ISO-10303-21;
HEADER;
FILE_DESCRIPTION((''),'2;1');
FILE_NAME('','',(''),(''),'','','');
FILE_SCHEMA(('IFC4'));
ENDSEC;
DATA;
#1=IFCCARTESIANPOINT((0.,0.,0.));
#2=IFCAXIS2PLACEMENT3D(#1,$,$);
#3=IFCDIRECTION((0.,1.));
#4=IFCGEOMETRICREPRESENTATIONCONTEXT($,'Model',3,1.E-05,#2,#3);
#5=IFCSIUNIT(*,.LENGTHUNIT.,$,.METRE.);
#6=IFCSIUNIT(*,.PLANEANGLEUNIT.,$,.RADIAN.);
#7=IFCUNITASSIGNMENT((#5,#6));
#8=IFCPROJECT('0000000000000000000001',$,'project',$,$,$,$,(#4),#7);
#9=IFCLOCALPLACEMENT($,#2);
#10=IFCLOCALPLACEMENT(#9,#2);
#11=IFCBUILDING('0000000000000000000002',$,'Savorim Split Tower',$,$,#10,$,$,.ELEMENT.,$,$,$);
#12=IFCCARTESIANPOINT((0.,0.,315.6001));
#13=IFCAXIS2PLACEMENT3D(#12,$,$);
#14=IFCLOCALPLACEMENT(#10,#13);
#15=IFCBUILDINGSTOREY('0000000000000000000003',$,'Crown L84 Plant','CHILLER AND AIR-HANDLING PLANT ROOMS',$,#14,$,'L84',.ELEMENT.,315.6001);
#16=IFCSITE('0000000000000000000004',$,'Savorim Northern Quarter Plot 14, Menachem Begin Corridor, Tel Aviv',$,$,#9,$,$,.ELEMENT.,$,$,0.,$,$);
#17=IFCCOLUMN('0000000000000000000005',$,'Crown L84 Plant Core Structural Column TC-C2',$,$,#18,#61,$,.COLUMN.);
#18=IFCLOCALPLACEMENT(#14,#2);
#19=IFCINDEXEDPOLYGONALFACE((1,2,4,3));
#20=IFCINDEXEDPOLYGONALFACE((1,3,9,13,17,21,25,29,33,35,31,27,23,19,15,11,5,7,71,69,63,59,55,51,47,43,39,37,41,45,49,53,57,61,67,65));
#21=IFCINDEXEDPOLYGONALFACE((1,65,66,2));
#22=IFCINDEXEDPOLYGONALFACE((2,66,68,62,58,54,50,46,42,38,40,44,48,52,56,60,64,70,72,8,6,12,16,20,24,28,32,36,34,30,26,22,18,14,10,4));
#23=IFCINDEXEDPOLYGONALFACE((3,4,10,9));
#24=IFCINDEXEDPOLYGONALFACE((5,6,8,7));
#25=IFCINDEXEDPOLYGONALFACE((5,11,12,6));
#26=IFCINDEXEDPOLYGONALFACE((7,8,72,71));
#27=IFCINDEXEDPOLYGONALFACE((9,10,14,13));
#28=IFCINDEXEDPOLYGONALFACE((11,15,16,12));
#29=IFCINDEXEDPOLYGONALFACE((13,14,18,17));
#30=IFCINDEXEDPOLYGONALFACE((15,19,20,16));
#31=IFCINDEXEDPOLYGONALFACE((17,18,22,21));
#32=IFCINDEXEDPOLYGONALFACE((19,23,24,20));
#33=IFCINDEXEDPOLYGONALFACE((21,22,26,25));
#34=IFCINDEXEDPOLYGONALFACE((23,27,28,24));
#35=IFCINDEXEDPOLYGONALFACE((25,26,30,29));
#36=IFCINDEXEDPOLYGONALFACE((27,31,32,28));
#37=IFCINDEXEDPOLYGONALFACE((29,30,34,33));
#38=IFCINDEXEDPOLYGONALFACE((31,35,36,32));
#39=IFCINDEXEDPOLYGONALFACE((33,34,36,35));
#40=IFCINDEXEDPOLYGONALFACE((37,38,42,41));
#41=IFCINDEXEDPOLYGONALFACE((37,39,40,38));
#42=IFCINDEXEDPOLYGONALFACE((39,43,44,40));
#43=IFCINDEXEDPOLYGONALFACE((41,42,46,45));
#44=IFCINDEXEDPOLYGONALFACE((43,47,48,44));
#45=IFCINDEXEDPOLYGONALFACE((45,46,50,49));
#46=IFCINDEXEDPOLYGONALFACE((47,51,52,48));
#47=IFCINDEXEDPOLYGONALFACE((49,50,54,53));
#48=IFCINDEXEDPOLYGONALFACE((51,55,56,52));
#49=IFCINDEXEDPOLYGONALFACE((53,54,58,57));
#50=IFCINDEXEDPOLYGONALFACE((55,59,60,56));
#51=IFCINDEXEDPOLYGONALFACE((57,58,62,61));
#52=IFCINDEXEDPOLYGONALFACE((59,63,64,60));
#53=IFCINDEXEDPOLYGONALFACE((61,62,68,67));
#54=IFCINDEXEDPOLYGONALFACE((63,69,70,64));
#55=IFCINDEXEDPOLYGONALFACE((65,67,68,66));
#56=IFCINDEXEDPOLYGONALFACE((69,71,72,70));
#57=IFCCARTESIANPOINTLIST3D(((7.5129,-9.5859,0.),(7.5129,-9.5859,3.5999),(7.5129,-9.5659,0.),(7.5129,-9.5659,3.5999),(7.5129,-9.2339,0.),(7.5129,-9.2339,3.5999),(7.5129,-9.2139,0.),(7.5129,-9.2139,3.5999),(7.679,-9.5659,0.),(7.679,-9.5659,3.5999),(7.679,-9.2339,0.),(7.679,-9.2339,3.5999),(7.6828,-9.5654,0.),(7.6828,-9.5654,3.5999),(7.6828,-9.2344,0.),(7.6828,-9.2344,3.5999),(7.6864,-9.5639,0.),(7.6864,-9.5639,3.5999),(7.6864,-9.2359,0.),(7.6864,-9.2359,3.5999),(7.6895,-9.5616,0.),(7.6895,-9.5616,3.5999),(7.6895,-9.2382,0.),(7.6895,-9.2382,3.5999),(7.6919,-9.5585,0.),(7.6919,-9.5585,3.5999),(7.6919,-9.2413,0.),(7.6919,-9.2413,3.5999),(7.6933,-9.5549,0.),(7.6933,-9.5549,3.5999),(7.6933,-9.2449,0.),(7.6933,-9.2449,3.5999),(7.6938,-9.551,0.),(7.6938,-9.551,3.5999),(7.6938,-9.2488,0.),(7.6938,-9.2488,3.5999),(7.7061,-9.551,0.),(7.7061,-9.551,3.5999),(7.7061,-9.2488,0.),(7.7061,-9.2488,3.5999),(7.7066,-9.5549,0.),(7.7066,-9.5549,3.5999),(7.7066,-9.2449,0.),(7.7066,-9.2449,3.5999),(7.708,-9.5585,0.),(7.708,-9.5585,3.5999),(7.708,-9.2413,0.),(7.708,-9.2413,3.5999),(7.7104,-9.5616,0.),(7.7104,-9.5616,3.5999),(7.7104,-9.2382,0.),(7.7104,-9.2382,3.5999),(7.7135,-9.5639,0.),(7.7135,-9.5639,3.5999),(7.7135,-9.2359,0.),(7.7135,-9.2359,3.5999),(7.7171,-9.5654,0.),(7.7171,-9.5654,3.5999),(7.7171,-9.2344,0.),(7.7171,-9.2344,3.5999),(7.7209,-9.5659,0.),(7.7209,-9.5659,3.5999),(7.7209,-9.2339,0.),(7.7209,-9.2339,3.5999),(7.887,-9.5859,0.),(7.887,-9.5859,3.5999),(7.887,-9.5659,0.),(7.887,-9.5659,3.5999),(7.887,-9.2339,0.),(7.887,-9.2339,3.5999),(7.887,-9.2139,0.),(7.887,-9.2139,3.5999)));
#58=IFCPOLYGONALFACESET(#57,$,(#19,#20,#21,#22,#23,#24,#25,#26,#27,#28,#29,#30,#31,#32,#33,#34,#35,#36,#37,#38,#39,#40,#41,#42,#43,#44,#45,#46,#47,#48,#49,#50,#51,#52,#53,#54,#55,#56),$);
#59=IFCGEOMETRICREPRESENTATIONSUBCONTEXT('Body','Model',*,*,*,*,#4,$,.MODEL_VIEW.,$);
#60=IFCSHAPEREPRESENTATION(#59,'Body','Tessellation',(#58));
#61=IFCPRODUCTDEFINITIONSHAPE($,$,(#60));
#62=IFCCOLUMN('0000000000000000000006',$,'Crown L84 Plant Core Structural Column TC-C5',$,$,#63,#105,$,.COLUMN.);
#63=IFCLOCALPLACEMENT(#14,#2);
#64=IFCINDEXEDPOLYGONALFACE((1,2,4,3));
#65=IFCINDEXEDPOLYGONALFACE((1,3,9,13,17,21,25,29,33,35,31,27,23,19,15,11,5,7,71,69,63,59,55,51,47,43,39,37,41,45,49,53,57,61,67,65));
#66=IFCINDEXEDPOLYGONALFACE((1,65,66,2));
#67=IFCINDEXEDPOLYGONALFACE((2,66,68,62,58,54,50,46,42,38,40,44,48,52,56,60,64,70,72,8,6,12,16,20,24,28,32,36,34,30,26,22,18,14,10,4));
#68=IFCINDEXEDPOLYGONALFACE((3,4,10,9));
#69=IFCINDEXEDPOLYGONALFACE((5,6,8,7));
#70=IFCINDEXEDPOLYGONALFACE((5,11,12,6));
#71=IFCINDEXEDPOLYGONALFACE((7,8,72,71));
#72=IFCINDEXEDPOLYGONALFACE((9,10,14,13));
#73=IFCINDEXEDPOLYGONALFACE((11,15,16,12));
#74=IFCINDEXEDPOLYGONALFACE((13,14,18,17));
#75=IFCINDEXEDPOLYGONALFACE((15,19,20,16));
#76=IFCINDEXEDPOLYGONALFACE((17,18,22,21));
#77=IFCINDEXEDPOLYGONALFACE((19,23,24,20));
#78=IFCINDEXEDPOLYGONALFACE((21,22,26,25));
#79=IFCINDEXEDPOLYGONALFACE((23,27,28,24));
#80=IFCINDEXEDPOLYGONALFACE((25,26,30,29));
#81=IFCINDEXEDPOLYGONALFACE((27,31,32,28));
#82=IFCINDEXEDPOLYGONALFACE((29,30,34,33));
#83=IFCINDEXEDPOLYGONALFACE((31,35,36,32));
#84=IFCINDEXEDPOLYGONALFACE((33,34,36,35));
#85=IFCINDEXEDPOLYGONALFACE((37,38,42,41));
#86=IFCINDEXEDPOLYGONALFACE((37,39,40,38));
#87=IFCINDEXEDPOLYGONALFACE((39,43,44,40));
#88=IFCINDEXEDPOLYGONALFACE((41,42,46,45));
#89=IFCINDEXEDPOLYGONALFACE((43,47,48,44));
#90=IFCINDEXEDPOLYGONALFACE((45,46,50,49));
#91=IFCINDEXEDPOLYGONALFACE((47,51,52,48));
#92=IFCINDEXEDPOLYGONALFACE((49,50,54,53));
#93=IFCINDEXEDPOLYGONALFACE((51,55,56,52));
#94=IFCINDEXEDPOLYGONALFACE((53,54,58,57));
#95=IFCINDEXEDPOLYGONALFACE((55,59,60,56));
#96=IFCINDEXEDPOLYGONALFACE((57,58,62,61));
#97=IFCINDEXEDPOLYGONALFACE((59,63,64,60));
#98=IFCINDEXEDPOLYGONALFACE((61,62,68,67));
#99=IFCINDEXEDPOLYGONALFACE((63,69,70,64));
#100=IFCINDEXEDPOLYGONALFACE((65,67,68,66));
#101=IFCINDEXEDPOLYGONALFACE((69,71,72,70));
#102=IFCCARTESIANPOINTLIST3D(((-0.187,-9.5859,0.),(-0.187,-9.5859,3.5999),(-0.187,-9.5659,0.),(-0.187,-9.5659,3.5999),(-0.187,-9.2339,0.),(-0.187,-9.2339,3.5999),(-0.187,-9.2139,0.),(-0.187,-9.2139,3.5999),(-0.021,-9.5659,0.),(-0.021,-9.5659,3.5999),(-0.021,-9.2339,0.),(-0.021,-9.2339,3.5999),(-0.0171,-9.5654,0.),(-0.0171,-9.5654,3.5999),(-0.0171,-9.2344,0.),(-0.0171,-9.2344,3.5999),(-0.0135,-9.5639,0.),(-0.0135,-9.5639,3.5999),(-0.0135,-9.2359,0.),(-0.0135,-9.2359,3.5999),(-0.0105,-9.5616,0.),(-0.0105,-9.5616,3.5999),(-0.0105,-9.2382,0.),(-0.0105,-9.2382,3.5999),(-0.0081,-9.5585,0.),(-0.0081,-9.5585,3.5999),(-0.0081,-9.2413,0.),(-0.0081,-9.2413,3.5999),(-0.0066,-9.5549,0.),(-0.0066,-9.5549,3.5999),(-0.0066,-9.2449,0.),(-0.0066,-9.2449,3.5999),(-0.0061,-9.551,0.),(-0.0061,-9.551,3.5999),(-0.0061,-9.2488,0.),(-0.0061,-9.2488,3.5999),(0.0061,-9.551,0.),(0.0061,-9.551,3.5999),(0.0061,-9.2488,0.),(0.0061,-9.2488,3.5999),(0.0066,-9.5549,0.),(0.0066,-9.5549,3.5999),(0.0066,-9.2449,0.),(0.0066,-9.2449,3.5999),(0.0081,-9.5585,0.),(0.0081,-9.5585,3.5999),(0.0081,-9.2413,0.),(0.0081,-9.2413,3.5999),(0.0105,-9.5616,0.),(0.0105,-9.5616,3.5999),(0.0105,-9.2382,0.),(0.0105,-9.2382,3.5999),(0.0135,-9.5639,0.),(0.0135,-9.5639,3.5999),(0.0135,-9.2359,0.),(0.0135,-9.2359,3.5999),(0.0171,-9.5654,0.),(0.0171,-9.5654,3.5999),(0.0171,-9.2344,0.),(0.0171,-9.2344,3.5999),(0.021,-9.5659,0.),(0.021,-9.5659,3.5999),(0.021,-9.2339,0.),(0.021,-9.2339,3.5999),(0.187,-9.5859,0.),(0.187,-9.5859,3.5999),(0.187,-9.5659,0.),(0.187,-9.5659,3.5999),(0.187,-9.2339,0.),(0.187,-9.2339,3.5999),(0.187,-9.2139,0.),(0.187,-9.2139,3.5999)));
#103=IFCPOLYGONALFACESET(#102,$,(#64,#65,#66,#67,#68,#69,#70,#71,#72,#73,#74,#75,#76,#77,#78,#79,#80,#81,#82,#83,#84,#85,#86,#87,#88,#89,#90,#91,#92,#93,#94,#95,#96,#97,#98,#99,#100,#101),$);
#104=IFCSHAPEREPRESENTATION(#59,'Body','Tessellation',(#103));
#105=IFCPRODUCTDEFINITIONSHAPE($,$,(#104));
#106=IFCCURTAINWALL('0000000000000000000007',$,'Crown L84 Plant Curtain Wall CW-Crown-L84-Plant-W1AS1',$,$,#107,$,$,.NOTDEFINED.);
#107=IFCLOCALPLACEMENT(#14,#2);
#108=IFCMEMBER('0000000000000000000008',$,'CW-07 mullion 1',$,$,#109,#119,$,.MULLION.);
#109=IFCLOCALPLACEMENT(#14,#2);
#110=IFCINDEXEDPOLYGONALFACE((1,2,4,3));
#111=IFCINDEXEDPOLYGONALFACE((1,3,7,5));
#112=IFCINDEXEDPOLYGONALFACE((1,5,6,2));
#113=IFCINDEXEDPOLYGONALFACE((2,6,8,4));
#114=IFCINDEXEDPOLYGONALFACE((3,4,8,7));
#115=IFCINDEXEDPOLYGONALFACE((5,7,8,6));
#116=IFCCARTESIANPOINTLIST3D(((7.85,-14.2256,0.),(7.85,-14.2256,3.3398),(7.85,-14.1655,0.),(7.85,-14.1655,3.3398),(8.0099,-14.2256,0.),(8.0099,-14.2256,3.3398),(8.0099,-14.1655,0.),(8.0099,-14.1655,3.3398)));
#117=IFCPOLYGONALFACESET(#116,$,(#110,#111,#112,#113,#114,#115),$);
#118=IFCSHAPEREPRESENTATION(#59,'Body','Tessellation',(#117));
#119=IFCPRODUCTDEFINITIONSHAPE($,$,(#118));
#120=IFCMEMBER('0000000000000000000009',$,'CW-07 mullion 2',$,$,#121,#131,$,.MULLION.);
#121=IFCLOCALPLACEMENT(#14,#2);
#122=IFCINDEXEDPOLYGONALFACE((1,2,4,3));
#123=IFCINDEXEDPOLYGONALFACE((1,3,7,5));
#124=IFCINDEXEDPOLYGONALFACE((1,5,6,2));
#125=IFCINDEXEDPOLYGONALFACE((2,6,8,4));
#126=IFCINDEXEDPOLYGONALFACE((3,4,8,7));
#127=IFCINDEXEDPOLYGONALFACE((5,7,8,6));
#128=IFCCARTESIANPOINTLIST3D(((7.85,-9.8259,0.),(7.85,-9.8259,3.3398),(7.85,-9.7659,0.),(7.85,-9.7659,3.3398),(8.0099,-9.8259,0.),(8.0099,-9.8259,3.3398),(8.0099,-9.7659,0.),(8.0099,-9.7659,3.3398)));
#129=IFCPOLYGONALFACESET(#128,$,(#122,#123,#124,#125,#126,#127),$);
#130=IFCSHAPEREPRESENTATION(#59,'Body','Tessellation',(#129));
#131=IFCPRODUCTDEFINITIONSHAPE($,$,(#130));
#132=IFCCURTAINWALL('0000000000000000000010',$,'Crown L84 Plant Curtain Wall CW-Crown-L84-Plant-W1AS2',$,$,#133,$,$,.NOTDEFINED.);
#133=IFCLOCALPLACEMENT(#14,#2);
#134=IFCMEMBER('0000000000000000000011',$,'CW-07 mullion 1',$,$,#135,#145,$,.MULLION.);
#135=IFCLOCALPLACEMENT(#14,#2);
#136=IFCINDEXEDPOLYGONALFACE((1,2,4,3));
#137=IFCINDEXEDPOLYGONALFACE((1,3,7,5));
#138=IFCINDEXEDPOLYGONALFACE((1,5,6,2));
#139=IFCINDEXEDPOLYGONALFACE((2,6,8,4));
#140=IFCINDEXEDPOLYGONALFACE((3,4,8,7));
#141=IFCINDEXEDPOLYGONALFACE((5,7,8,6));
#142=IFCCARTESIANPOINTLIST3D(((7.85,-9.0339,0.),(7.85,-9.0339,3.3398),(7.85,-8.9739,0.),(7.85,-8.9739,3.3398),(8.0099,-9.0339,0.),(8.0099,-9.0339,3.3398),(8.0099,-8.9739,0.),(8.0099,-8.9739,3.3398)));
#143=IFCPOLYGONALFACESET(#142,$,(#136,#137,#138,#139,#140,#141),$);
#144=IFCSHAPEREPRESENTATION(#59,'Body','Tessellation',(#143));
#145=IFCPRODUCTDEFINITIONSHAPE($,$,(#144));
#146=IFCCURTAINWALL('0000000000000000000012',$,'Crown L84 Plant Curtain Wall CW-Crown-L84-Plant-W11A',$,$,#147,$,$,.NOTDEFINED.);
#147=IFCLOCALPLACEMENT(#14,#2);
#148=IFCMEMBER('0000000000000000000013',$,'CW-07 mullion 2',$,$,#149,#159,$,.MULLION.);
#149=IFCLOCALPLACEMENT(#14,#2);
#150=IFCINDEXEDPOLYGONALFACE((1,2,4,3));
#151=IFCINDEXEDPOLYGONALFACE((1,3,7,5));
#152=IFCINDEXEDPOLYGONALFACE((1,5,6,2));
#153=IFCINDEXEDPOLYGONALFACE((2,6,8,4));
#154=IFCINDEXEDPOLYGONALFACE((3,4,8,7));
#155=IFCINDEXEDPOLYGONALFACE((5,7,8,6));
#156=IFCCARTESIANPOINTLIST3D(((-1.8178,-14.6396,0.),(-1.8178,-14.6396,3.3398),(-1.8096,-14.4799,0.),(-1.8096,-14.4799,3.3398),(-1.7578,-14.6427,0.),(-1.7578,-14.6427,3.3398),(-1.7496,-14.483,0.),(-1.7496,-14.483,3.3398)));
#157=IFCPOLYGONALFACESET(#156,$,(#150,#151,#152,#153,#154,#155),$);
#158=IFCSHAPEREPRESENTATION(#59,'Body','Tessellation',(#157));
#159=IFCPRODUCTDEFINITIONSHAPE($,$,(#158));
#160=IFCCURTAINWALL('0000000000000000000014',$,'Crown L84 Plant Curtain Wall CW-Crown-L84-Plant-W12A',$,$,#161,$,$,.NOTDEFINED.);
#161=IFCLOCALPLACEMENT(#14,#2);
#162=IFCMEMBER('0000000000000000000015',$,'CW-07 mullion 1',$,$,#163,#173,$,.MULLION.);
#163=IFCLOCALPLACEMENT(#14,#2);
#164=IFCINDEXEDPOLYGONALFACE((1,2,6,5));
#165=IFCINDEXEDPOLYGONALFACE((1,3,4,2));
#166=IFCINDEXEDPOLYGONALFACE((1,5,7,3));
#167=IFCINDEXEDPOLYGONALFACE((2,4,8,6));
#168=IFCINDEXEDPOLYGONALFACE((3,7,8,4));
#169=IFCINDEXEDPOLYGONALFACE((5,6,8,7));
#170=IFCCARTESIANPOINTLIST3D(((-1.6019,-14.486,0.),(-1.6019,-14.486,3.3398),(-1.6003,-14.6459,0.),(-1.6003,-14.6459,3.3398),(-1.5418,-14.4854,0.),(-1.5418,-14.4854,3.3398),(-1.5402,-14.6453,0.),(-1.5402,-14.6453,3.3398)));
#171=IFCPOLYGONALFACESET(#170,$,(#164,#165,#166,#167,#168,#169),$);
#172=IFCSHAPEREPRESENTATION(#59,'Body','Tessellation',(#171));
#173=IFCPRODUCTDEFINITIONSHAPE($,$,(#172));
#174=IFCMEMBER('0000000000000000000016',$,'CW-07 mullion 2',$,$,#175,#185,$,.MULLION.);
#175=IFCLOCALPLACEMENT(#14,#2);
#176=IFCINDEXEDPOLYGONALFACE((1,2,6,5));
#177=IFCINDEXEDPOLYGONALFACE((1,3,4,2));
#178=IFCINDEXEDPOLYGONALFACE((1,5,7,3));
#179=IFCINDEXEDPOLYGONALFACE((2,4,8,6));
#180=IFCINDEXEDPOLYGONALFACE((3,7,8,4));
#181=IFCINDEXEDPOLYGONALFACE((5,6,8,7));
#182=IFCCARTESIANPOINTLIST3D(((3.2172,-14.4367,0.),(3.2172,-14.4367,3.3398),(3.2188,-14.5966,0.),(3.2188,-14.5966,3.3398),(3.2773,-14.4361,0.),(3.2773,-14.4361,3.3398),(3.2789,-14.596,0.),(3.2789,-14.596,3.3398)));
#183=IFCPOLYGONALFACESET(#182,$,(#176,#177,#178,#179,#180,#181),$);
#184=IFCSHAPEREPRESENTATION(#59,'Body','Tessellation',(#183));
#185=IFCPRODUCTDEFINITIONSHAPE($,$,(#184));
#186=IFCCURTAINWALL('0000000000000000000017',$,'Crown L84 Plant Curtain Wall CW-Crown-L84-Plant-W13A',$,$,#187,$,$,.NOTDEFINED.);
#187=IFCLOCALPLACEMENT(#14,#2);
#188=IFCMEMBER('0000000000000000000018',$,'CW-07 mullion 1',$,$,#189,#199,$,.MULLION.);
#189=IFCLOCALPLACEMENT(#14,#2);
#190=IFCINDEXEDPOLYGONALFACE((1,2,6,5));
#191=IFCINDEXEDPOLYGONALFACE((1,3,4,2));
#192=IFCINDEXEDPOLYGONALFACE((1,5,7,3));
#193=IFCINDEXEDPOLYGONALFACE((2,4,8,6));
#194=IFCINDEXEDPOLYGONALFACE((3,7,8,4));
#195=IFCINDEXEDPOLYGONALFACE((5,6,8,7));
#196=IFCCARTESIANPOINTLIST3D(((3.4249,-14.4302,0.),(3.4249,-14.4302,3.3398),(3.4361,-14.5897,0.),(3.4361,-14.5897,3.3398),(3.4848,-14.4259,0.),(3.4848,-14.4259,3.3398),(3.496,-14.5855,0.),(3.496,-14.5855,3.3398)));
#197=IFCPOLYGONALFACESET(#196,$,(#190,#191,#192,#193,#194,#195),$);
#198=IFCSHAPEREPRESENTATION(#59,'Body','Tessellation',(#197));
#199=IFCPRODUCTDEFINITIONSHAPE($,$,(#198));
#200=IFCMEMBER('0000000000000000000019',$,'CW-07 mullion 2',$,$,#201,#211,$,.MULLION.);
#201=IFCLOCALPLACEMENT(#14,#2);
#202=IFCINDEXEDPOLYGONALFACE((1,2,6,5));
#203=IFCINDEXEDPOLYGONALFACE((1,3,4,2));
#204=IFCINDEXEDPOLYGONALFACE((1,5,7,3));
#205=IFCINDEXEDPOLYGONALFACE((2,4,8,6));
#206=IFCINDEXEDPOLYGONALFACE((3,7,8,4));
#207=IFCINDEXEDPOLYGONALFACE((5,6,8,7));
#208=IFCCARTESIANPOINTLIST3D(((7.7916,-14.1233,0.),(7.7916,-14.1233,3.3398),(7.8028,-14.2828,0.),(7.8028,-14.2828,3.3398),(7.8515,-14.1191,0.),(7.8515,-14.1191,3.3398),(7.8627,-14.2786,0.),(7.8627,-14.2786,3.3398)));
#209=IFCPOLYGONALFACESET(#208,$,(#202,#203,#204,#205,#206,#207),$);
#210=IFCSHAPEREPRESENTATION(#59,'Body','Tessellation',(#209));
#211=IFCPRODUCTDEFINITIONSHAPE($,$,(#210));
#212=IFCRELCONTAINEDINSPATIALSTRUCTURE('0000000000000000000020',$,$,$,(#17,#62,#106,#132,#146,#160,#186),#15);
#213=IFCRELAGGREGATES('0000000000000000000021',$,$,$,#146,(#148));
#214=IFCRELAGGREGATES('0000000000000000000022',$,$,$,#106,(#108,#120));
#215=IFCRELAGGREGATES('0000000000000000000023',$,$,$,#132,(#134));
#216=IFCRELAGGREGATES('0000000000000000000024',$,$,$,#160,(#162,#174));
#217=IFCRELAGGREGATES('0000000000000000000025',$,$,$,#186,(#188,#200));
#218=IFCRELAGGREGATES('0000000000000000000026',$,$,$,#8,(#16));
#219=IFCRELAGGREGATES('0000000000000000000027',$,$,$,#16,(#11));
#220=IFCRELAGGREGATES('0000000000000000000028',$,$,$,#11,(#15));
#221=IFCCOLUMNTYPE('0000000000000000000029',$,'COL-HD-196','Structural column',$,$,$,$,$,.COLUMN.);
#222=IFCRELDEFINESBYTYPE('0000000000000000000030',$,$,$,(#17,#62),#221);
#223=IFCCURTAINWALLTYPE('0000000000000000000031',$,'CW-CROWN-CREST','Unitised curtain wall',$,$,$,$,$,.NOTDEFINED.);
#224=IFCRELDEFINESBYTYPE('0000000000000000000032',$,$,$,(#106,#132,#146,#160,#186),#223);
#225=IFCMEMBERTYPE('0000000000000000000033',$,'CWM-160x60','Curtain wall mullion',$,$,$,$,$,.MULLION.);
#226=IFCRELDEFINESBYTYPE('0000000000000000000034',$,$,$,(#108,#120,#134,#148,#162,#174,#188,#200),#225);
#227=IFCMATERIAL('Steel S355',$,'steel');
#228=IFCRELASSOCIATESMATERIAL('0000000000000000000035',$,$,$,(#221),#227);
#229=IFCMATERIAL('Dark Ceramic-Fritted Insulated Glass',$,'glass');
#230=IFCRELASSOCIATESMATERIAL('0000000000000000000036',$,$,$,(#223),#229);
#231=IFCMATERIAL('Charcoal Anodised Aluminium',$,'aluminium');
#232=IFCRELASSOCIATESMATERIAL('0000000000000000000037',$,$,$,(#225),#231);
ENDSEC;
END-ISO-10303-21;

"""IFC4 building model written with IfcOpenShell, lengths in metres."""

from ifc_helpers import new_model, si_unit, direction, frame, origin, origin_2d, place, context, subcontext, project, spatial, rectangle, i_section, extrude, material, material_profile, profile_set, type_object, element, aggregate, save


model = new_model("IFC4")

# Units and contexts
model_context = context("Model", 3, precision=1e-05, world=origin(), true_north=direction((0.0, 1.0)))
body_context = subcontext(model_context, "Body", "Model", "MODEL_VIEW")
ifc_project = project(units=[si_unit("LENGTHUNIT", "METRE"), si_unit("PLANEANGLEUNIT", "RADIAN")], contexts=[model_context])

# Site, building, storey
site_placement = place(None, origin())
site = spatial("IfcSite", under=ifc_project, at=site_placement, Name="Savorim Northern Quarter Plot 14, Menachem Begin Corridor, Tel Aviv", CompositionType="ELEMENT", RefElevation=0.0)
building_placement = place(site_placement, origin())
building = spatial("IfcBuilding", under=site, at=building_placement, Name="Savorim Split Tower", CompositionType="ELEMENT")
storey_placement = place(building_placement, frame((0.0, 0.0, 315.6001)))
storey = spatial("IfcBuildingStorey", under=building, at=storey_placement, Name="Crown L84 Plant", Description="CHILLER AND AIR-HANDLING PLANT ROOMS", LongName="L84", CompositionType="ELEMENT", Elevation=315.6001)

# Columns
ifc_material_1 = material(Name="Steel S355", Category="steel")
ifc_material_profile_1 = material_profile(ifc_material_1, i_section(OverallWidth=0.374, OverallDepth=0.3721, WebThickness=0.0122, FlangeThickness=0.02, FilletRadius=0.0149, at=origin_2d()), Name="HD 360x196")
ifc_profile_set_1 = profile_set([ifc_material_profile_1], Name="Steel S355")
column_type = type_object("IfcColumnType", Name="COL-HD-196", Description="Structural column", PredefinedType="COLUMN", material=ifc_profile_set_1)
for number, where, z_axis, x_axis, name in (
    (1, (7.7, -9.3999, 0.0), (0.0, 0.0, 1.0), (1.0, 0.0, 0.0), "Crown L84 Plant Core Structural Column TC-C2"),
    (2, (0.0, -9.3999, 0.0), (0.0, 0.0, 1.0), (1.0, 0.0, 0.0), "Crown L84 Plant Core Structural Column TC-C5"),
):
    element("IfcColumn", number, at=place(storey_placement, frame(where, z_axis=z_axis, x_axis=x_axis)), inside=storey, type_object=column_type, Name=name, PredefinedType="COLUMN", context=body_context, shape_type="SweptSolid", body=[
        extrude(i_section(OverallWidth=0.374, OverallDepth=0.3721, WebThickness=0.0122, FlangeThickness=0.02, FilletRadius=0.0149, at=origin_2d()), origin(), (0.0, 0.0, 1.0), 3.5999),
    ])

# Curtain wall, members
ifc_material_2 = material(Name="Dark Ceramic-Fritted Insulated Glass", Category="glass")
curtain_wall_type = type_object("IfcCurtainWallType", Name="CW-CROWN-CREST", Description="Unitised curtain wall", PredefinedType="NOTDEFINED", material=ifc_material_2)
curtain_wall_1_placement = place(storey_placement, origin())
curtain_wall_1 = element("IfcCurtainWall", 3, at=curtain_wall_1_placement, inside=storey, type_object=curtain_wall_type, Name="Crown L84 Plant Curtain Wall CW-Crown-L84-Plant-W1AS1", PredefinedType="NOTDEFINED")
ifc_material_3 = material(Name="Charcoal Anodised Aluminium", Category="aluminium")
ifc_material_profile_2 = material_profile(ifc_material_3, rectangle(XDim=0.1599, YDim=0.0601, at=origin_2d()), Name="ALU-M 160x60")
ifc_profile_set_2 = profile_set([ifc_material_profile_2], Name="Charcoal Anodised Aluminium")
member_type_1 = type_object("IfcMemberType", Name="CWM-160x60", Description="Curtain wall mullion", PredefinedType="MULLION", material=ifc_profile_set_2)
member_1_placement = place(storey_placement, frame((7.9299, -14.1956, 0.0), z_axis=(0.0, 0.0, 1.0), x_axis=(-1.0, 0.0, 0.0)))
member_1 = element("IfcMember", 4, at=member_1_placement, type_object=member_type_1, Name="CW-07 mullion 1", PredefinedType="MULLION", context=body_context, shape_type="SweptSolid", body=[
    extrude(rectangle(XDim=0.1599, YDim=0.0601, at=origin_2d()), origin(), (0.0, 0.0, 1.0), 3.3398),
])
member_2_placement = place(storey_placement, frame((7.9299, -9.7959, 0.0), z_axis=(0.0, 0.0, 1.0), x_axis=(-1.0, 0.0, 0.0)))
member_2 = element("IfcMember", 5, at=member_2_placement, type_object=member_type_1, Name="CW-07 mullion 2", PredefinedType="MULLION", context=body_context, shape_type="SweptSolid", body=[
    extrude(rectangle(XDim=0.1599, YDim=0.0601, at=origin_2d()), origin(), (0.0, 0.0, 1.0), 3.3398),
])

# Curtain walls, members
curtain_wall_2_placement = place(storey_placement, origin())
curtain_wall_2 = element("IfcCurtainWall", 6, at=curtain_wall_2_placement, inside=storey, type_object=curtain_wall_type, Name="Crown L84 Plant Curtain Wall CW-Crown-L84-Plant-W1AS2", PredefinedType="NOTDEFINED")
member_3_placement = place(storey_placement, frame((7.9299, -9.0039, 0.0), z_axis=(0.0, 0.0, 1.0), x_axis=(-1.0, 0.0, 0.0)))
member_3 = element("IfcMember", 7, at=member_3_placement, type_object=member_type_1, Name="CW-07 mullion 1", PredefinedType="MULLION", context=body_context, shape_type="SweptSolid", body=[
    extrude(rectangle(XDim=0.1599, YDim=0.0601, at=origin_2d()), origin(), (0.0, 0.0, 1.0), 3.3398),
])
curtain_wall_3_placement = place(storey_placement, origin())
curtain_wall_3 = element("IfcCurtainWall", 8, at=curtain_wall_3_placement, inside=storey, type_object=curtain_wall_type, Name="Crown L84 Plant Curtain Wall CW-Crown-L84-Plant-W11A", PredefinedType="NOTDEFINED")
member_4_placement = place(storey_placement, frame((-1.7837, -14.5613, 0.0), z_axis=(0.0, 0.0, 1.0), x_axis=(0.051154, 0.998691, 0.0)))
member_4 = element("IfcMember", 9, at=member_4_placement, type_object=member_type_1, Name="CW-07 mullion 2", PredefinedType="MULLION", context=body_context, shape_type="SweptSolid", body=[
    extrude(rectangle(XDim=0.1599, YDim=0.0601, at=origin_2d()), origin(), (0.0, 0.0, 1.0), 3.3398),
])
aggregate(curtain_wall_3, [member_4])

# Curtain walls, members
curtain_wall_4_placement = place(storey_placement, origin())
curtain_wall_4 = element("IfcCurtainWall", 10, at=curtain_wall_4_placement, inside=storey, type_object=curtain_wall_type, Name="Crown L84 Plant Curtain Wall CW-Crown-L84-Plant-W12A", PredefinedType="NOTDEFINED")
member_5_placement = place(storey_placement, frame((-1.571, -14.5657, 0.0), z_axis=(0.0, 0.0, 1.0), x_axis=(-0.010227, 0.999948, 0.0)))
member_5 = element("IfcMember", 11, at=member_5_placement, type_object=member_type_1, Name="CW-07 mullion 1", PredefinedType="MULLION", context=body_context, shape_type="SweptSolid", body=[
    extrude(rectangle(XDim=0.1599, YDim=0.0601, at=origin_2d()), origin(), (0.0, 0.0, 1.0), 3.3398),
])
member_6_placement = place(storey_placement, frame((3.248, -14.5164, 0.0), z_axis=(0.0, 0.0, 1.0), x_axis=(-0.010227, 0.999948, 0.0)))
member_6 = element("IfcMember", 12, at=member_6_placement, type_object=member_type_1, Name="CW-07 mullion 2", PredefinedType="MULLION", context=body_context, shape_type="SweptSolid", body=[
    extrude(rectangle(XDim=0.1599, YDim=0.0601, at=origin_2d()), origin(), (0.0, 0.0, 1.0), 3.3398),
])
curtain_wall_5_placement = place(storey_placement, origin())
curtain_wall_5 = element("IfcCurtainWall", 13, at=curtain_wall_5_placement, inside=storey, type_object=curtain_wall_type, Name="Crown L84 Plant Curtain Wall CW-Crown-L84-Plant-W13A", PredefinedType="NOTDEFINED")
member_7_placement = place(storey_placement, frame((3.4604, -14.5078, 0.0), z_axis=(0.0, 0.0, 1.0), x_axis=(-0.070108, 0.997539, 0.0)))
member_7 = element("IfcMember", 14, at=member_7_placement, type_object=member_type_1, Name="CW-07 mullion 1", PredefinedType="MULLION", context=body_context, shape_type="SweptSolid", body=[
    extrude(rectangle(XDim=0.1599, YDim=0.0601, at=origin_2d()), origin(), (0.0, 0.0, 1.0), 3.3398),
])
member_8_placement = place(storey_placement, frame((7.8271, -14.2009, 0.0), z_axis=(0.0, 0.0, 1.0), x_axis=(-0.070108, 0.997539, 0.0)))
member_8 = element("IfcMember", 15, at=member_8_placement, type_object=member_type_1, Name="CW-07 mullion 2", PredefinedType="MULLION", context=body_context, shape_type="SweptSolid", body=[
    extrude(rectangle(XDim=0.1599, YDim=0.0601, at=origin_2d()), origin(), (0.0, 0.0, 1.0), 3.3398),
])

aggregate(curtain_wall_1, [member_1, member_2])
aggregate(curtain_wall_2, [member_3])
aggregate(curtain_wall_4, [member_5, member_6])
aggregate(curtain_wall_5, [member_7, member_8])

save(model, "model.ifc")
